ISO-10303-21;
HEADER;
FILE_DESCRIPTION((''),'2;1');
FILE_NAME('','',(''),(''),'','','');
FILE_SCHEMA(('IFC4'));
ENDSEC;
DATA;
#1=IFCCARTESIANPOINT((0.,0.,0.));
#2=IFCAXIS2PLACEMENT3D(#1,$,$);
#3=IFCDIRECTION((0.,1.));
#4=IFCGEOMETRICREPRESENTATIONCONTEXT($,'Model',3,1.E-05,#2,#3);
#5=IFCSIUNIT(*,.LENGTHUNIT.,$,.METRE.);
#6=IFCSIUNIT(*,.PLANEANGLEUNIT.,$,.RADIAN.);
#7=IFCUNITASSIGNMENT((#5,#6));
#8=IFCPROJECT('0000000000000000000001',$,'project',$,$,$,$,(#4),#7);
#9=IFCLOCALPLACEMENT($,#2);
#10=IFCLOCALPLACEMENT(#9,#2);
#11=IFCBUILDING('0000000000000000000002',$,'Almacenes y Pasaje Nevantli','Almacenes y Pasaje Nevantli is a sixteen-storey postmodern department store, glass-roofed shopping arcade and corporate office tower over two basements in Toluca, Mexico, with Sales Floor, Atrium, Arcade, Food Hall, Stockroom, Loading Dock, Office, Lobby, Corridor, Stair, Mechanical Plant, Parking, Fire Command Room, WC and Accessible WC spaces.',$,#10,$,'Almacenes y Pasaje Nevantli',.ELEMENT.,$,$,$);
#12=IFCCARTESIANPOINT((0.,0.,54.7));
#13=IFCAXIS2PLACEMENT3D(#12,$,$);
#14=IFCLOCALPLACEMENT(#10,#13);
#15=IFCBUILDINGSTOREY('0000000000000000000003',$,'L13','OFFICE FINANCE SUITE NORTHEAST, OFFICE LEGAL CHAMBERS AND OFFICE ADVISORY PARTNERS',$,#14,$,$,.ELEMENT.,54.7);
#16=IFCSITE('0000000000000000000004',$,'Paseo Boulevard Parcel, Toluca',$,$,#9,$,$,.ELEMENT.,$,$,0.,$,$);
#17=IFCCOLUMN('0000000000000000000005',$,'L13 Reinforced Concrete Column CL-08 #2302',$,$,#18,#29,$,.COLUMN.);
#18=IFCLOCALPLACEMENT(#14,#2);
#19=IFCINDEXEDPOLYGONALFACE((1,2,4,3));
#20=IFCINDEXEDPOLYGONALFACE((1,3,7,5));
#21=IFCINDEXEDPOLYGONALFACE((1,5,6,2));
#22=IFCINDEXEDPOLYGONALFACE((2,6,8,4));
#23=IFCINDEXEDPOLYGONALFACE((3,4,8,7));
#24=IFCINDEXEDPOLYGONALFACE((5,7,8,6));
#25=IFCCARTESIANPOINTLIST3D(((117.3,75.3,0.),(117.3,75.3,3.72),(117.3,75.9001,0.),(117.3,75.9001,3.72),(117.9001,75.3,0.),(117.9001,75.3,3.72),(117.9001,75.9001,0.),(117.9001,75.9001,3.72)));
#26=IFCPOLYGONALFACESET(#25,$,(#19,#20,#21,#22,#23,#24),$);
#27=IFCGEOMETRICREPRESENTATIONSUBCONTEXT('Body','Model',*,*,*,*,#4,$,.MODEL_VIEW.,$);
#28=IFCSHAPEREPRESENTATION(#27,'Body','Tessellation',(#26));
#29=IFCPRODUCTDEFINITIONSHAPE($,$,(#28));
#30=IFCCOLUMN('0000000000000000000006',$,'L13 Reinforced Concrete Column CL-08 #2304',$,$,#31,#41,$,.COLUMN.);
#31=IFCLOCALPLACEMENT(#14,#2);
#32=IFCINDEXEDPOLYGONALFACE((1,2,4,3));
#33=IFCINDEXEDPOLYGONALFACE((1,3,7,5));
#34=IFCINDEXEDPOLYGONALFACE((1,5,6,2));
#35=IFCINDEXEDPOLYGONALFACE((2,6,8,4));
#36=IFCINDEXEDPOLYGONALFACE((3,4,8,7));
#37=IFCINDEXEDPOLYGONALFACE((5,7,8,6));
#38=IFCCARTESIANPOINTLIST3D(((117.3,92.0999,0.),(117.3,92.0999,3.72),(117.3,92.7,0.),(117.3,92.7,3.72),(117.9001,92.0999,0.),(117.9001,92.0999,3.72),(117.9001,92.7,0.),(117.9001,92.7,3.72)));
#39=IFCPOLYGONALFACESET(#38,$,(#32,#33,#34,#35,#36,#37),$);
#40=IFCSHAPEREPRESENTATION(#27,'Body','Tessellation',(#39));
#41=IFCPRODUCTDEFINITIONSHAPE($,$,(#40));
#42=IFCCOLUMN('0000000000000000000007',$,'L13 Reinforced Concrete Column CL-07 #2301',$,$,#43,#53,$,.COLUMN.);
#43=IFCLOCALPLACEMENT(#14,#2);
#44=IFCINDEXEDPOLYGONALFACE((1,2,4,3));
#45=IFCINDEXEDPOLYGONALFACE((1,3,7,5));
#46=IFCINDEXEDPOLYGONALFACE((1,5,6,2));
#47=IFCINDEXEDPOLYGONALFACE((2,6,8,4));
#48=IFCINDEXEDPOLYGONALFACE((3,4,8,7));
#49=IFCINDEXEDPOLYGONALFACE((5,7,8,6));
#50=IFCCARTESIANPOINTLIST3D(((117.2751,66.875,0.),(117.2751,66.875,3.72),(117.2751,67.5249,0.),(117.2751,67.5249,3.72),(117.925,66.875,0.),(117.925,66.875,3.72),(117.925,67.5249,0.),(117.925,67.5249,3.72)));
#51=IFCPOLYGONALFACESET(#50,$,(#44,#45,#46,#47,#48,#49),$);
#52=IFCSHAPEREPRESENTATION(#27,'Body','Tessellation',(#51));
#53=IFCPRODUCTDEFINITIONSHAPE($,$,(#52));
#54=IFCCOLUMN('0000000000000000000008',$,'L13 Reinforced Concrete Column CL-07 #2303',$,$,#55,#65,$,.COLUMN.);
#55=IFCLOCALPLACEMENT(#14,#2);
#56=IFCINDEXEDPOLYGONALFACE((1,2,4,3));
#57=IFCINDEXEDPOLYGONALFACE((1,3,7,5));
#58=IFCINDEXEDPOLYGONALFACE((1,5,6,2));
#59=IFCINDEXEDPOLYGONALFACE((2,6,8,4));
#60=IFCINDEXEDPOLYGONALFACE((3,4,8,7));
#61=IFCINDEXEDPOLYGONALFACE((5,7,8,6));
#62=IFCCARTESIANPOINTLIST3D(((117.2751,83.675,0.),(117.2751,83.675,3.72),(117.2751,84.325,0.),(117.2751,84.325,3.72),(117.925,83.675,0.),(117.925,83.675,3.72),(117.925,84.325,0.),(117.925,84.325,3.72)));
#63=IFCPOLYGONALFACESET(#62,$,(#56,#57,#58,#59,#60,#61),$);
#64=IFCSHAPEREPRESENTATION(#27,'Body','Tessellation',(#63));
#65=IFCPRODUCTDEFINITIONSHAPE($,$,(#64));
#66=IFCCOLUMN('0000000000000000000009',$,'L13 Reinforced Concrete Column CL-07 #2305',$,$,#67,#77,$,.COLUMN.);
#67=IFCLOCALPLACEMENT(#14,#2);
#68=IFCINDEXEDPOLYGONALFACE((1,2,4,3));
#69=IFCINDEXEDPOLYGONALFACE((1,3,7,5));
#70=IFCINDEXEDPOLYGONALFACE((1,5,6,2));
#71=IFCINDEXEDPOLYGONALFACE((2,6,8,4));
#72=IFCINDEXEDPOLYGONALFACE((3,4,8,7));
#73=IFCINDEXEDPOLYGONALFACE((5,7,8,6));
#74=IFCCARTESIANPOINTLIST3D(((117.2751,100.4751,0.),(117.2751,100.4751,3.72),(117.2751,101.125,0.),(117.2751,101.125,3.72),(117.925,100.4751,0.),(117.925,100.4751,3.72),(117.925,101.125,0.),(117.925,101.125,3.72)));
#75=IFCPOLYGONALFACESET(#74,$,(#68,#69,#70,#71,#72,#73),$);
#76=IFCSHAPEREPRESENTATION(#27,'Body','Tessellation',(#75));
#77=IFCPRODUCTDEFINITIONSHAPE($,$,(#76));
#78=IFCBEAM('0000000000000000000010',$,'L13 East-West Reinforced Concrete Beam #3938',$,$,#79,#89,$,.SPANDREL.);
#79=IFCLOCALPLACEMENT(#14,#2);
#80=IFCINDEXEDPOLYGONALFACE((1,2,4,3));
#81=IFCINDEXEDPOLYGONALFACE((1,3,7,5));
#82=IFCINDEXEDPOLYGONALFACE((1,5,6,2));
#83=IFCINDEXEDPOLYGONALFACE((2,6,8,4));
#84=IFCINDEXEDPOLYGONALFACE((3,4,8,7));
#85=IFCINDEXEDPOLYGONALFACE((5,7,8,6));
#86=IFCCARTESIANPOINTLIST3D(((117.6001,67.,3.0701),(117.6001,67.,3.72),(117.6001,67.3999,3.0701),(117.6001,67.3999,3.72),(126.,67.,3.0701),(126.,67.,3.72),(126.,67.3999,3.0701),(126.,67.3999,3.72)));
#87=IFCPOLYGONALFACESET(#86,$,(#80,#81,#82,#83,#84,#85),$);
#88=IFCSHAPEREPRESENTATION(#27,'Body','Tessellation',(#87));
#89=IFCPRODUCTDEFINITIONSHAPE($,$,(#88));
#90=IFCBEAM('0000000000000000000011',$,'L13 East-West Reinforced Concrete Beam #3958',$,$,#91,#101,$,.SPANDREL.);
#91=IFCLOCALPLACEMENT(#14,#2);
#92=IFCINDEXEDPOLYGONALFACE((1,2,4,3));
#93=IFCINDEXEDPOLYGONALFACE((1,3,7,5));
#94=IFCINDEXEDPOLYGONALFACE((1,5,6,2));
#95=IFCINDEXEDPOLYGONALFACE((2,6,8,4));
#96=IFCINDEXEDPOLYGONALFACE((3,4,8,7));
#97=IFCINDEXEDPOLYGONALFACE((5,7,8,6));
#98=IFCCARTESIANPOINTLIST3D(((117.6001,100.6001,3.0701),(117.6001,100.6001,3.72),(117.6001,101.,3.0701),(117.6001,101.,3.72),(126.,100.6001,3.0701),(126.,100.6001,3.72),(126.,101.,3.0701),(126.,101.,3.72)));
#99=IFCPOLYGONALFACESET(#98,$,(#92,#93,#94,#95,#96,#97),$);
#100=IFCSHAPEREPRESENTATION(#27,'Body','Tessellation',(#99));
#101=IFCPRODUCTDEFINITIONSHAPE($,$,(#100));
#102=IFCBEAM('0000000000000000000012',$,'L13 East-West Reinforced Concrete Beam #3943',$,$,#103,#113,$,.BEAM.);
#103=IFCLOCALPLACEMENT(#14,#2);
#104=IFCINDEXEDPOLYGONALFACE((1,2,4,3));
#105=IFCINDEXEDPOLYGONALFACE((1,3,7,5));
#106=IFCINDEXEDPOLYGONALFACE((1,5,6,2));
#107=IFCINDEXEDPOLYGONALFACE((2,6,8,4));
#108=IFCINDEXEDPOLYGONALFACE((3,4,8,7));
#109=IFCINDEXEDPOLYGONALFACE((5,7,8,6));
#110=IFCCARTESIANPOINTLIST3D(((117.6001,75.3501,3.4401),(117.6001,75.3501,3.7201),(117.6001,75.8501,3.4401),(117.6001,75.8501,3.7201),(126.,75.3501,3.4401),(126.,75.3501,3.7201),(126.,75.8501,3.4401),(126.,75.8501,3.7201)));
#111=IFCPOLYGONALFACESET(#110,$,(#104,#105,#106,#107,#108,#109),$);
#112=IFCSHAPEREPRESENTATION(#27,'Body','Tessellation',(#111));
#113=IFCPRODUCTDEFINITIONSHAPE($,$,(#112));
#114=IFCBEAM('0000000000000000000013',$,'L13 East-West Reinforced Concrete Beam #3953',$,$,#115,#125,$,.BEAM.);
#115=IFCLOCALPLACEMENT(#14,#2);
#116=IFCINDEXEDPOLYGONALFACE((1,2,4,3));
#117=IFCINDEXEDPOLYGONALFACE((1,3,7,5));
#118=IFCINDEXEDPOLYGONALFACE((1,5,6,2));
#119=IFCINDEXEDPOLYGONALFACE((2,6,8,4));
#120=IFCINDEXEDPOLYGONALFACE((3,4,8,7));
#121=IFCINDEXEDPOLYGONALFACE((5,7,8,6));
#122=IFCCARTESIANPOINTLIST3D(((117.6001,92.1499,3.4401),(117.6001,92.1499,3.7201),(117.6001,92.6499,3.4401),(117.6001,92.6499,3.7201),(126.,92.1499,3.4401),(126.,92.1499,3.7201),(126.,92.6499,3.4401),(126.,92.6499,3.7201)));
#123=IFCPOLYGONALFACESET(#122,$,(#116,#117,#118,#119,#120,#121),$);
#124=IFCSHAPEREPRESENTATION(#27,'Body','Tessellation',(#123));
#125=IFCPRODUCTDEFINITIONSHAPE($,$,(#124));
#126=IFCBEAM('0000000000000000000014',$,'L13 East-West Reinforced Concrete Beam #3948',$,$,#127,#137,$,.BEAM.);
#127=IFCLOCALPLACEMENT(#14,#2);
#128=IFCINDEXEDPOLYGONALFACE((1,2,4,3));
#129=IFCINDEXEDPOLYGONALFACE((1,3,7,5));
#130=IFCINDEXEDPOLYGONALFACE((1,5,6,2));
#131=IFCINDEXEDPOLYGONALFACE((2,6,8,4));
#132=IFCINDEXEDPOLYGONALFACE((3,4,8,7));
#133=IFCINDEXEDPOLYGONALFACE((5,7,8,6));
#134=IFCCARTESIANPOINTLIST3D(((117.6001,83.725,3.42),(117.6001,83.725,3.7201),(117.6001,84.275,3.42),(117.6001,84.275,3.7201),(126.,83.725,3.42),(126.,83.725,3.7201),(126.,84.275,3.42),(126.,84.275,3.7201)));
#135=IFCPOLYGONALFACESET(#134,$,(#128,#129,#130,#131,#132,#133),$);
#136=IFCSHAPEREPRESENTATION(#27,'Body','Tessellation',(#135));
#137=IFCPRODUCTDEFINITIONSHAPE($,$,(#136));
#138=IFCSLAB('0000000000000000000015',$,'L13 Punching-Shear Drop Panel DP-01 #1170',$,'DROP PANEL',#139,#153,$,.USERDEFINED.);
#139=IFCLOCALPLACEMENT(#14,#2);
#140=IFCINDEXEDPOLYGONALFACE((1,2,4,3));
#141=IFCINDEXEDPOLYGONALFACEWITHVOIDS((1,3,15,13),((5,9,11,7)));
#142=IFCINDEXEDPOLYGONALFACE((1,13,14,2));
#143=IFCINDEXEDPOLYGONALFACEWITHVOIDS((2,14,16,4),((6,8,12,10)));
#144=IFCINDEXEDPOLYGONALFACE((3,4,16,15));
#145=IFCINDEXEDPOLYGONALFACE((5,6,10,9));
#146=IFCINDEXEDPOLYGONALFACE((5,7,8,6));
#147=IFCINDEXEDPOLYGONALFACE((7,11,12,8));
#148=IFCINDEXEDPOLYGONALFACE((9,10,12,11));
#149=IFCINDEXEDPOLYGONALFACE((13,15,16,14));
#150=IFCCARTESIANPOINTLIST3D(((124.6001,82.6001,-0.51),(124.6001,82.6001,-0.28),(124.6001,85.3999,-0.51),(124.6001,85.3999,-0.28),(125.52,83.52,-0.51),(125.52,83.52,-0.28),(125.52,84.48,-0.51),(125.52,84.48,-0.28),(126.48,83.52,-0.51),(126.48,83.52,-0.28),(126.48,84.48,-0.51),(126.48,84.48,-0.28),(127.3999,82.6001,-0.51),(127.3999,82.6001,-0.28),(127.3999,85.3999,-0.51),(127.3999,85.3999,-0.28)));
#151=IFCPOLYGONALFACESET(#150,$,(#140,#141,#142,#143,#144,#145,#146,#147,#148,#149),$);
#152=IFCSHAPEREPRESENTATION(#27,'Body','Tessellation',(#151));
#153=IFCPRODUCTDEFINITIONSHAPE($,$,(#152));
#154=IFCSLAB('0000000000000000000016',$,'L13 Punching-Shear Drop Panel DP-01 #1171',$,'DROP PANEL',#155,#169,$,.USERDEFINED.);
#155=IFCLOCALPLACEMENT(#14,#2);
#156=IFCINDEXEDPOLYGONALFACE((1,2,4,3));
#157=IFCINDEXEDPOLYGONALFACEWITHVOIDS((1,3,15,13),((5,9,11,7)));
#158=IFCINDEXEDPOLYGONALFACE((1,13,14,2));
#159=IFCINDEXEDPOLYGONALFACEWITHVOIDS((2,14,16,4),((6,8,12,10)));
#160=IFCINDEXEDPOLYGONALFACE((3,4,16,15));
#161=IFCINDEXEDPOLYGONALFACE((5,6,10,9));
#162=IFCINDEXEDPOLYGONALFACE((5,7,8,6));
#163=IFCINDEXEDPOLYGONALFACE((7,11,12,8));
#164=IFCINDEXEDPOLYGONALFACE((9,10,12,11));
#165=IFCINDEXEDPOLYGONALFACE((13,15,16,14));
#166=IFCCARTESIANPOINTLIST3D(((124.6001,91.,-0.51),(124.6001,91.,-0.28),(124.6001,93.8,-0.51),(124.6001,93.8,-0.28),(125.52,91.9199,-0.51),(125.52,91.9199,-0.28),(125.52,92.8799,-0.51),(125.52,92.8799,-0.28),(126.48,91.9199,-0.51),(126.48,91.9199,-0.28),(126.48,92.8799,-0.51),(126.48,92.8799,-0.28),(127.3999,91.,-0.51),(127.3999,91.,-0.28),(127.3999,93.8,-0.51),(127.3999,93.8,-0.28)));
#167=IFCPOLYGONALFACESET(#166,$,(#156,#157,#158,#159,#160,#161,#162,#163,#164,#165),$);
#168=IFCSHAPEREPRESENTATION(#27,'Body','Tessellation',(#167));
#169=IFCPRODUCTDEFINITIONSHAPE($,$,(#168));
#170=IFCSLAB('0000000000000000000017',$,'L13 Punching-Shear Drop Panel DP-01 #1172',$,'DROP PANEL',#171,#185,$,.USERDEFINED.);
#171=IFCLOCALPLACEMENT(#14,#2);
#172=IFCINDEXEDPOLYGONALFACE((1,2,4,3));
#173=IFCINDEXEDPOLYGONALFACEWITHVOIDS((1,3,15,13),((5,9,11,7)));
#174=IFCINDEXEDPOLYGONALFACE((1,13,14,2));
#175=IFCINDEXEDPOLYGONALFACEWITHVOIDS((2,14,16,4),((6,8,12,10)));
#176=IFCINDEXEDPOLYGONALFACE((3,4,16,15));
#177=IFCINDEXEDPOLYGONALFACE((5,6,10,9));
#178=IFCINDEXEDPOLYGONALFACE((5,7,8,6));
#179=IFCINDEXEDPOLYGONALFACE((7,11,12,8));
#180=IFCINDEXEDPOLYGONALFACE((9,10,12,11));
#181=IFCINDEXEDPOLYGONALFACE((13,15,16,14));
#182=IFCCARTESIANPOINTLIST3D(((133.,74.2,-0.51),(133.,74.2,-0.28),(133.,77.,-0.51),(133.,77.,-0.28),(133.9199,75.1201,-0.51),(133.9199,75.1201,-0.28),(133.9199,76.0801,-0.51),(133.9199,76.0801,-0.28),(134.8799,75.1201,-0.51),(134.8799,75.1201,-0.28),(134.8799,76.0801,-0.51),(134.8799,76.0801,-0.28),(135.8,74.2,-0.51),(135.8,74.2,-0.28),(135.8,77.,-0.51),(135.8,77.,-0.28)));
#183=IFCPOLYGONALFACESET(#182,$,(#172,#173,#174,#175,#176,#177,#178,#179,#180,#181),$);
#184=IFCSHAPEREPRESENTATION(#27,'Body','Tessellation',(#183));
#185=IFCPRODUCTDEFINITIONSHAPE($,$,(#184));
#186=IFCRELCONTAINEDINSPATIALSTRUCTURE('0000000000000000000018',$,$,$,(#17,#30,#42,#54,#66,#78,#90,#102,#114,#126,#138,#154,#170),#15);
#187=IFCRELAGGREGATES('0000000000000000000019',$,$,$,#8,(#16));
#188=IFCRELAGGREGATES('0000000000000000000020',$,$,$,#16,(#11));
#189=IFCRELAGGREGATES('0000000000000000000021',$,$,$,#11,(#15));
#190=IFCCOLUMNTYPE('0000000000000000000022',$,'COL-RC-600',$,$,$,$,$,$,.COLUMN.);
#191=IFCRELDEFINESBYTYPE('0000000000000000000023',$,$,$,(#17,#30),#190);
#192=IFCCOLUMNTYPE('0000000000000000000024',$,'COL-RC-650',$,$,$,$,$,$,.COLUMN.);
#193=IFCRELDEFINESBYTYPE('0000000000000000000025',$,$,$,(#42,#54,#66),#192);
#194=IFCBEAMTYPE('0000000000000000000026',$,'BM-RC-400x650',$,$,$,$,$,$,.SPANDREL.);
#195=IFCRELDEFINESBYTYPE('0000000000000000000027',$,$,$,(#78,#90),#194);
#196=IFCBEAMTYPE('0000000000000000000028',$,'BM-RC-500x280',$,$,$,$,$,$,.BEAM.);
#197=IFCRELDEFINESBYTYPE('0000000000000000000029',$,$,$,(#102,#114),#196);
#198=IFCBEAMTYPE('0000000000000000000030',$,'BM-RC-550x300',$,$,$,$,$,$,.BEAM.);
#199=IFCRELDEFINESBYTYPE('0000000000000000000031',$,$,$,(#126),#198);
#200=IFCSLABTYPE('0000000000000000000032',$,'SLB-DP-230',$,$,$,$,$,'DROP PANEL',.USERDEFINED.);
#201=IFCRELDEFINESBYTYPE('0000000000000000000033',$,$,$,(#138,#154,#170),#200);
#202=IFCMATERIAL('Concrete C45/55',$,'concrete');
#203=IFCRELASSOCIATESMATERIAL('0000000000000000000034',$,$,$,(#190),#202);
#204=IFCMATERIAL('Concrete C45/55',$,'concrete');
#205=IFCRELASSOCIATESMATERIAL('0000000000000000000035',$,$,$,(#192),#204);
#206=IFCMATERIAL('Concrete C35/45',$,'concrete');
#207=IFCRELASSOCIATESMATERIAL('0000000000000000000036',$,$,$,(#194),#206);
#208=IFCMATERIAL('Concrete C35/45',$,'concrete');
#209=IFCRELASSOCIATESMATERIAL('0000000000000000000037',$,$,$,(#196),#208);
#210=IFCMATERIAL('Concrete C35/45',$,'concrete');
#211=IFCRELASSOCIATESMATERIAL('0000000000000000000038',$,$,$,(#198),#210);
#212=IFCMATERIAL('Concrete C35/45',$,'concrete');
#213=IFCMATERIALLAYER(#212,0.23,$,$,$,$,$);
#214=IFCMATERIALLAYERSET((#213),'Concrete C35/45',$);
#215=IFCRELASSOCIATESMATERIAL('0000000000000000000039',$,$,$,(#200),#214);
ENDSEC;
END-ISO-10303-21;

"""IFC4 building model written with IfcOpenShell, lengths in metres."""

from ifc_helpers import new_model, si_unit, direction, frame, origin, origin_2d, place, context, subcontext, project, spatial, polyline, rectangle, outline, extrude, material, layer, layer_set, material_profile, profile_set, type_object, element, save


model = new_model("IFC4")

# Units and contexts
model_context = context("Model", 3, precision=1e-05, world=origin(), true_north=direction((0.0, 1.0)))
body_context = subcontext(model_context, "Body", "Model", "MODEL_VIEW")
ifc_project = project(units=[si_unit("LENGTHUNIT", "METRE"), si_unit("PLANEANGLEUNIT", "RADIAN")], contexts=[model_context])

# Site, building, storey
site_placement = place(None, origin())
site = spatial("IfcSite", under=ifc_project, at=site_placement, Name="Paseo Boulevard Parcel, Toluca", CompositionType="ELEMENT", RefElevation=0.0)
building_placement = place(site_placement, origin())
building = spatial("IfcBuilding", under=site, at=building_placement, Name="Almacenes y Pasaje Nevantli", Description="Almacenes y Pasaje Nevantli is a sixteen-storey postmodern department store, glass-roofed shopping arcade and corporate office tower over two basements in Toluca, Mexico, with Sales Floor, Atrium, Arcade, Food Hall, Stockroom, Loading Dock, Office, Lobby, Corridor, Stair, Mechanical Plant, Parking, Fire Command Room, WC and Accessible WC spaces.", LongName="Almacenes y Pasaje Nevantli", CompositionType="ELEMENT")
storey_placement = place(building_placement, frame((0.0, 0.0, 54.7)))
storey = spatial("IfcBuildingStorey", under=building, at=storey_placement, Name="L13", Description="OFFICE FINANCE SUITE NORTHEAST, OFFICE LEGAL CHAMBERS AND OFFICE ADVISORY PARTNERS", CompositionType="ELEMENT", Elevation=54.7)

# Columns
ifc_material_1 = material(Name="Concrete C45/55", Category="concrete")
ifc_material_profile_1 = material_profile(ifc_material_1, rectangle(XDim=0.6001, YDim=0.6001, at=origin_2d()), Name="RC-COL-600x600")
ifc_profile_set_1 = profile_set([ifc_material_profile_1], Name="Concrete C45/55")
column_type_1 = type_object("IfcColumnType", Name="COL-RC-600", PredefinedType="COLUMN", material=ifc_profile_set_1)
for number, where, z_axis, x_axis, name in (
    (1, (117.6001, 75.6001, 0.0), (0.0, 0.0, 1.0), (1.0, 0.0, 0.0), "L13 Reinforced Concrete Column CL-08 #2302"),
    (2, (117.6001, 92.3999, 0.0), (0.0, 0.0, 1.0), (1.0, 0.0, 0.0), "L13 Reinforced Concrete Column CL-08 #2304"),
):
    element("IfcColumn", number, at=place(storey_placement, frame(where, z_axis=z_axis, x_axis=x_axis)), inside=storey, type_object=column_type_1, Name=name, PredefinedType="COLUMN", context=body_context, shape_type="SweptSolid", body=[
        extrude(rectangle(XDim=0.6001, YDim=0.6001, at=origin_2d()), origin(), (0.0, 0.0, 1.0), 3.72),
    ])
ifc_material_2 = material(Name="Concrete C45/55", Category="concrete")
ifc_material_profile_2 = material_profile(ifc_material_2, rectangle(XDim=0.6499, YDim=0.6499, at=origin_2d()), Name="RC-COL-650x650")
ifc_profile_set_2 = profile_set([ifc_material_profile_2], Name="Concrete C45/55")
column_type_2 = type_object("IfcColumnType", Name="COL-RC-650", PredefinedType="COLUMN", material=ifc_profile_set_2)
for number, where, z_axis, x_axis, name in (
    (3, (117.6001, 67.2, 0.0), (0.0, 0.0, 1.0), (1.0, 0.0, 0.0), "L13 Reinforced Concrete Column CL-07 #2301"),
    (4, (117.6001, 84.0, 0.0), (0.0, 0.0, 1.0), (1.0, 0.0, 0.0), "L13 Reinforced Concrete Column CL-07 #2303"),
    (5, (117.6001, 100.8, 0.0), (0.0, 0.0, 1.0), (1.0, 0.0, 0.0), "L13 Reinforced Concrete Column CL-07 #2305"),
):
    element("IfcColumn", number, at=place(storey_placement, frame(where, z_axis=z_axis, x_axis=x_axis)), inside=storey, type_object=column_type_2, Name=name, PredefinedType="COLUMN", context=body_context, shape_type="SweptSolid", body=[
        extrude(rectangle(XDim=0.6499, YDim=0.6499, at=origin_2d()), origin(), (0.0, 0.0, 1.0), 3.72),
    ])

# Beams
ifc_material_3 = material(Name="Concrete C35/45", Category="concrete")
ifc_material_profile_3 = material_profile(ifc_material_3, rectangle(XDim=0.3999, YDim=0.6499, at=origin_2d()), Name="RC-BM-400x650")
ifc_profile_set_3 = profile_set([ifc_material_profile_3], Name="Concrete C35/45")
beam_type_1 = type_object("IfcBeamType", Name="BM-RC-400x650", PredefinedType="SPANDREL", material=ifc_profile_set_3)
for number, where, z_axis, x_axis, name in (
    (6, (117.6001, 67.2, 3.395), (1.0, 0.0, 0.0), (0.0, 1.0, 0.0), "L13 East-West Reinforced Concrete Beam #3938"),
    (7, (117.6001, 100.8, 3.395), (1.0, 0.0, 0.0), (0.0, 1.0, 0.0), "L13 East-West Reinforced Concrete Beam #3958"),
):
    element("IfcBeam", number, at=place(storey_placement, frame(where, z_axis=z_axis, x_axis=x_axis)), inside=storey, type_object=beam_type_1, Name=name, PredefinedType="SPANDREL", context=body_context, shape_type="SweptSolid", body=[
        extrude(rectangle(XDim=0.3999, YDim=0.6499, at=origin_2d()), origin(), (0.0, 0.0, 1.0), 8.3999),
    ])
ifc_material_4 = material(Name="Concrete C35/45", Category="concrete")
ifc_material_profile_4 = material_profile(ifc_material_4, rectangle(XDim=0.5, YDim=0.28, at=origin_2d()), Name="RC-BM-500x280")
ifc_profile_set_4 = profile_set([ifc_material_profile_4], Name="Concrete C35/45")
beam_type_2 = type_object("IfcBeamType", Name="BM-RC-500x280", PredefinedType="BEAM", material=ifc_profile_set_4)
for number, where, z_axis, x_axis, name in (
    (8, (117.6001, 75.6001, 3.5801), (1.0, 0.0, 0.0), (0.0, 1.0, 0.0), "L13 East-West Reinforced Concrete Beam #3943"),
    (9, (117.6001, 92.3999, 3.5801), (1.0, 0.0, 0.0), (0.0, 1.0, 0.0), "L13 East-West Reinforced Concrete Beam #3953"),
):
    element("IfcBeam", number, at=place(storey_placement, frame(where, z_axis=z_axis, x_axis=x_axis)), inside=storey, type_object=beam_type_2, Name=name, PredefinedType="BEAM", context=body_context, shape_type="SweptSolid", body=[
        extrude(rectangle(XDim=0.5, YDim=0.28, at=origin_2d()), origin(), (0.0, 0.0, 1.0), 8.3999),
    ])
ifc_material_5 = material(Name="Concrete C35/45", Category="concrete")
ifc_material_profile_5 = material_profile(ifc_material_5, rectangle(XDim=0.55, YDim=0.3, at=origin_2d()), Name="RC-BM-550x300")
ifc_profile_set_5 = profile_set([ifc_material_profile_5], Name="Concrete C35/45")
beam_type_3 = type_object("IfcBeamType", Name="BM-RC-550x300", PredefinedType="BEAM", material=ifc_profile_set_5)
beam_placement = place(storey_placement, frame((117.6001, 84.0, 3.5701), z_axis=(1.0, 0.0, 0.0), x_axis=(0.0, 1.0, 0.0)))
element("IfcBeam", 10, at=beam_placement, inside=storey, type_object=beam_type_3, Name="L13 East-West Reinforced Concrete Beam #3948", PredefinedType="BEAM", context=body_context, shape_type="SweptSolid", body=[
    extrude(rectangle(XDim=0.55, YDim=0.3, at=origin_2d()), origin(), (0.0, 0.0, 1.0), 8.3999),
])

# Slabs
ifc_material_6 = material(Name="Concrete C35/45", Category="concrete")
ifc_layer_1 = layer(ifc_material_6, 0.23)
ifc_layer_set_1 = layer_set([ifc_layer_1], Name="Concrete C35/45")
slab_type_1 = type_object("IfcSlabType", Name="SLB-DP-230", ElementType="DROP PANEL", PredefinedType="USERDEFINED", material=ifc_layer_set_1)
slab_1_placement = place(storey_placement, frame((0.0, 0.0, -0.51)))
element("IfcSlab", 11, at=slab_1_placement, inside=storey, type_object=slab_type_1, Name="L13 Punching-Shear Drop Panel DP-01 #1170", ObjectType="DROP PANEL", PredefinedType="USERDEFINED", context=body_context, shape_type="SweptSolid", body=[
    extrude(outline(polyline([(124.6001, 82.6001), (127.3999, 82.6001), (127.3999, 85.3999), (124.6001, 85.3999), (124.6001, 82.6001)]), holes=[polyline([(125.52, 83.52), (126.48, 83.52), (126.48, 84.48), (125.52, 84.48), (125.52, 83.52)])]), origin(), (0.0, 0.0, 1.0), 0.23),
])
slab_2_placement = place(storey_placement, frame((0.0, 0.0, -0.51)))
element("IfcSlab", 12, at=slab_2_placement, inside=storey, type_object=slab_type_1, Name="L13 Punching-Shear Drop Panel DP-01 #1171", ObjectType="DROP PANEL", PredefinedType="USERDEFINED", context=body_context, shape_type="SweptSolid", body=[
    extrude(outline(polyline([(124.6001, 91.0), (127.3999, 91.0), (127.3999, 93.8), (124.6001, 93.8), (124.6001, 91.0)]), holes=[polyline([(125.52, 91.9199), (126.48, 91.9199), (126.48, 92.8799), (125.52, 92.8799), (125.52, 91.9199)])]), origin(), (0.0, 0.0, 1.0), 0.23),
])
slab_3_placement = place(storey_placement, frame((0.0, 0.0, -0.51)))
element("IfcSlab", 13, at=slab_3_placement, inside=storey, type_object=slab_type_1, Name="L13 Punching-Shear Drop Panel DP-01 #1172", ObjectType="DROP PANEL", PredefinedType="USERDEFINED", context=body_context, shape_type="SweptSolid", body=[
    extrude(outline(polyline([(133.0, 74.2), (135.8, 74.2), (135.8, 77.0), (133.0, 77.0), (133.0, 74.2)]), holes=[polyline([(133.9199, 75.1201), (134.8799, 75.1201), (134.8799, 76.0801), (133.9199, 76.0801), (133.9199, 75.1201)])]), origin(), (0.0, 0.0, 1.0), 0.23),
])

save(model, "model.ifc")
